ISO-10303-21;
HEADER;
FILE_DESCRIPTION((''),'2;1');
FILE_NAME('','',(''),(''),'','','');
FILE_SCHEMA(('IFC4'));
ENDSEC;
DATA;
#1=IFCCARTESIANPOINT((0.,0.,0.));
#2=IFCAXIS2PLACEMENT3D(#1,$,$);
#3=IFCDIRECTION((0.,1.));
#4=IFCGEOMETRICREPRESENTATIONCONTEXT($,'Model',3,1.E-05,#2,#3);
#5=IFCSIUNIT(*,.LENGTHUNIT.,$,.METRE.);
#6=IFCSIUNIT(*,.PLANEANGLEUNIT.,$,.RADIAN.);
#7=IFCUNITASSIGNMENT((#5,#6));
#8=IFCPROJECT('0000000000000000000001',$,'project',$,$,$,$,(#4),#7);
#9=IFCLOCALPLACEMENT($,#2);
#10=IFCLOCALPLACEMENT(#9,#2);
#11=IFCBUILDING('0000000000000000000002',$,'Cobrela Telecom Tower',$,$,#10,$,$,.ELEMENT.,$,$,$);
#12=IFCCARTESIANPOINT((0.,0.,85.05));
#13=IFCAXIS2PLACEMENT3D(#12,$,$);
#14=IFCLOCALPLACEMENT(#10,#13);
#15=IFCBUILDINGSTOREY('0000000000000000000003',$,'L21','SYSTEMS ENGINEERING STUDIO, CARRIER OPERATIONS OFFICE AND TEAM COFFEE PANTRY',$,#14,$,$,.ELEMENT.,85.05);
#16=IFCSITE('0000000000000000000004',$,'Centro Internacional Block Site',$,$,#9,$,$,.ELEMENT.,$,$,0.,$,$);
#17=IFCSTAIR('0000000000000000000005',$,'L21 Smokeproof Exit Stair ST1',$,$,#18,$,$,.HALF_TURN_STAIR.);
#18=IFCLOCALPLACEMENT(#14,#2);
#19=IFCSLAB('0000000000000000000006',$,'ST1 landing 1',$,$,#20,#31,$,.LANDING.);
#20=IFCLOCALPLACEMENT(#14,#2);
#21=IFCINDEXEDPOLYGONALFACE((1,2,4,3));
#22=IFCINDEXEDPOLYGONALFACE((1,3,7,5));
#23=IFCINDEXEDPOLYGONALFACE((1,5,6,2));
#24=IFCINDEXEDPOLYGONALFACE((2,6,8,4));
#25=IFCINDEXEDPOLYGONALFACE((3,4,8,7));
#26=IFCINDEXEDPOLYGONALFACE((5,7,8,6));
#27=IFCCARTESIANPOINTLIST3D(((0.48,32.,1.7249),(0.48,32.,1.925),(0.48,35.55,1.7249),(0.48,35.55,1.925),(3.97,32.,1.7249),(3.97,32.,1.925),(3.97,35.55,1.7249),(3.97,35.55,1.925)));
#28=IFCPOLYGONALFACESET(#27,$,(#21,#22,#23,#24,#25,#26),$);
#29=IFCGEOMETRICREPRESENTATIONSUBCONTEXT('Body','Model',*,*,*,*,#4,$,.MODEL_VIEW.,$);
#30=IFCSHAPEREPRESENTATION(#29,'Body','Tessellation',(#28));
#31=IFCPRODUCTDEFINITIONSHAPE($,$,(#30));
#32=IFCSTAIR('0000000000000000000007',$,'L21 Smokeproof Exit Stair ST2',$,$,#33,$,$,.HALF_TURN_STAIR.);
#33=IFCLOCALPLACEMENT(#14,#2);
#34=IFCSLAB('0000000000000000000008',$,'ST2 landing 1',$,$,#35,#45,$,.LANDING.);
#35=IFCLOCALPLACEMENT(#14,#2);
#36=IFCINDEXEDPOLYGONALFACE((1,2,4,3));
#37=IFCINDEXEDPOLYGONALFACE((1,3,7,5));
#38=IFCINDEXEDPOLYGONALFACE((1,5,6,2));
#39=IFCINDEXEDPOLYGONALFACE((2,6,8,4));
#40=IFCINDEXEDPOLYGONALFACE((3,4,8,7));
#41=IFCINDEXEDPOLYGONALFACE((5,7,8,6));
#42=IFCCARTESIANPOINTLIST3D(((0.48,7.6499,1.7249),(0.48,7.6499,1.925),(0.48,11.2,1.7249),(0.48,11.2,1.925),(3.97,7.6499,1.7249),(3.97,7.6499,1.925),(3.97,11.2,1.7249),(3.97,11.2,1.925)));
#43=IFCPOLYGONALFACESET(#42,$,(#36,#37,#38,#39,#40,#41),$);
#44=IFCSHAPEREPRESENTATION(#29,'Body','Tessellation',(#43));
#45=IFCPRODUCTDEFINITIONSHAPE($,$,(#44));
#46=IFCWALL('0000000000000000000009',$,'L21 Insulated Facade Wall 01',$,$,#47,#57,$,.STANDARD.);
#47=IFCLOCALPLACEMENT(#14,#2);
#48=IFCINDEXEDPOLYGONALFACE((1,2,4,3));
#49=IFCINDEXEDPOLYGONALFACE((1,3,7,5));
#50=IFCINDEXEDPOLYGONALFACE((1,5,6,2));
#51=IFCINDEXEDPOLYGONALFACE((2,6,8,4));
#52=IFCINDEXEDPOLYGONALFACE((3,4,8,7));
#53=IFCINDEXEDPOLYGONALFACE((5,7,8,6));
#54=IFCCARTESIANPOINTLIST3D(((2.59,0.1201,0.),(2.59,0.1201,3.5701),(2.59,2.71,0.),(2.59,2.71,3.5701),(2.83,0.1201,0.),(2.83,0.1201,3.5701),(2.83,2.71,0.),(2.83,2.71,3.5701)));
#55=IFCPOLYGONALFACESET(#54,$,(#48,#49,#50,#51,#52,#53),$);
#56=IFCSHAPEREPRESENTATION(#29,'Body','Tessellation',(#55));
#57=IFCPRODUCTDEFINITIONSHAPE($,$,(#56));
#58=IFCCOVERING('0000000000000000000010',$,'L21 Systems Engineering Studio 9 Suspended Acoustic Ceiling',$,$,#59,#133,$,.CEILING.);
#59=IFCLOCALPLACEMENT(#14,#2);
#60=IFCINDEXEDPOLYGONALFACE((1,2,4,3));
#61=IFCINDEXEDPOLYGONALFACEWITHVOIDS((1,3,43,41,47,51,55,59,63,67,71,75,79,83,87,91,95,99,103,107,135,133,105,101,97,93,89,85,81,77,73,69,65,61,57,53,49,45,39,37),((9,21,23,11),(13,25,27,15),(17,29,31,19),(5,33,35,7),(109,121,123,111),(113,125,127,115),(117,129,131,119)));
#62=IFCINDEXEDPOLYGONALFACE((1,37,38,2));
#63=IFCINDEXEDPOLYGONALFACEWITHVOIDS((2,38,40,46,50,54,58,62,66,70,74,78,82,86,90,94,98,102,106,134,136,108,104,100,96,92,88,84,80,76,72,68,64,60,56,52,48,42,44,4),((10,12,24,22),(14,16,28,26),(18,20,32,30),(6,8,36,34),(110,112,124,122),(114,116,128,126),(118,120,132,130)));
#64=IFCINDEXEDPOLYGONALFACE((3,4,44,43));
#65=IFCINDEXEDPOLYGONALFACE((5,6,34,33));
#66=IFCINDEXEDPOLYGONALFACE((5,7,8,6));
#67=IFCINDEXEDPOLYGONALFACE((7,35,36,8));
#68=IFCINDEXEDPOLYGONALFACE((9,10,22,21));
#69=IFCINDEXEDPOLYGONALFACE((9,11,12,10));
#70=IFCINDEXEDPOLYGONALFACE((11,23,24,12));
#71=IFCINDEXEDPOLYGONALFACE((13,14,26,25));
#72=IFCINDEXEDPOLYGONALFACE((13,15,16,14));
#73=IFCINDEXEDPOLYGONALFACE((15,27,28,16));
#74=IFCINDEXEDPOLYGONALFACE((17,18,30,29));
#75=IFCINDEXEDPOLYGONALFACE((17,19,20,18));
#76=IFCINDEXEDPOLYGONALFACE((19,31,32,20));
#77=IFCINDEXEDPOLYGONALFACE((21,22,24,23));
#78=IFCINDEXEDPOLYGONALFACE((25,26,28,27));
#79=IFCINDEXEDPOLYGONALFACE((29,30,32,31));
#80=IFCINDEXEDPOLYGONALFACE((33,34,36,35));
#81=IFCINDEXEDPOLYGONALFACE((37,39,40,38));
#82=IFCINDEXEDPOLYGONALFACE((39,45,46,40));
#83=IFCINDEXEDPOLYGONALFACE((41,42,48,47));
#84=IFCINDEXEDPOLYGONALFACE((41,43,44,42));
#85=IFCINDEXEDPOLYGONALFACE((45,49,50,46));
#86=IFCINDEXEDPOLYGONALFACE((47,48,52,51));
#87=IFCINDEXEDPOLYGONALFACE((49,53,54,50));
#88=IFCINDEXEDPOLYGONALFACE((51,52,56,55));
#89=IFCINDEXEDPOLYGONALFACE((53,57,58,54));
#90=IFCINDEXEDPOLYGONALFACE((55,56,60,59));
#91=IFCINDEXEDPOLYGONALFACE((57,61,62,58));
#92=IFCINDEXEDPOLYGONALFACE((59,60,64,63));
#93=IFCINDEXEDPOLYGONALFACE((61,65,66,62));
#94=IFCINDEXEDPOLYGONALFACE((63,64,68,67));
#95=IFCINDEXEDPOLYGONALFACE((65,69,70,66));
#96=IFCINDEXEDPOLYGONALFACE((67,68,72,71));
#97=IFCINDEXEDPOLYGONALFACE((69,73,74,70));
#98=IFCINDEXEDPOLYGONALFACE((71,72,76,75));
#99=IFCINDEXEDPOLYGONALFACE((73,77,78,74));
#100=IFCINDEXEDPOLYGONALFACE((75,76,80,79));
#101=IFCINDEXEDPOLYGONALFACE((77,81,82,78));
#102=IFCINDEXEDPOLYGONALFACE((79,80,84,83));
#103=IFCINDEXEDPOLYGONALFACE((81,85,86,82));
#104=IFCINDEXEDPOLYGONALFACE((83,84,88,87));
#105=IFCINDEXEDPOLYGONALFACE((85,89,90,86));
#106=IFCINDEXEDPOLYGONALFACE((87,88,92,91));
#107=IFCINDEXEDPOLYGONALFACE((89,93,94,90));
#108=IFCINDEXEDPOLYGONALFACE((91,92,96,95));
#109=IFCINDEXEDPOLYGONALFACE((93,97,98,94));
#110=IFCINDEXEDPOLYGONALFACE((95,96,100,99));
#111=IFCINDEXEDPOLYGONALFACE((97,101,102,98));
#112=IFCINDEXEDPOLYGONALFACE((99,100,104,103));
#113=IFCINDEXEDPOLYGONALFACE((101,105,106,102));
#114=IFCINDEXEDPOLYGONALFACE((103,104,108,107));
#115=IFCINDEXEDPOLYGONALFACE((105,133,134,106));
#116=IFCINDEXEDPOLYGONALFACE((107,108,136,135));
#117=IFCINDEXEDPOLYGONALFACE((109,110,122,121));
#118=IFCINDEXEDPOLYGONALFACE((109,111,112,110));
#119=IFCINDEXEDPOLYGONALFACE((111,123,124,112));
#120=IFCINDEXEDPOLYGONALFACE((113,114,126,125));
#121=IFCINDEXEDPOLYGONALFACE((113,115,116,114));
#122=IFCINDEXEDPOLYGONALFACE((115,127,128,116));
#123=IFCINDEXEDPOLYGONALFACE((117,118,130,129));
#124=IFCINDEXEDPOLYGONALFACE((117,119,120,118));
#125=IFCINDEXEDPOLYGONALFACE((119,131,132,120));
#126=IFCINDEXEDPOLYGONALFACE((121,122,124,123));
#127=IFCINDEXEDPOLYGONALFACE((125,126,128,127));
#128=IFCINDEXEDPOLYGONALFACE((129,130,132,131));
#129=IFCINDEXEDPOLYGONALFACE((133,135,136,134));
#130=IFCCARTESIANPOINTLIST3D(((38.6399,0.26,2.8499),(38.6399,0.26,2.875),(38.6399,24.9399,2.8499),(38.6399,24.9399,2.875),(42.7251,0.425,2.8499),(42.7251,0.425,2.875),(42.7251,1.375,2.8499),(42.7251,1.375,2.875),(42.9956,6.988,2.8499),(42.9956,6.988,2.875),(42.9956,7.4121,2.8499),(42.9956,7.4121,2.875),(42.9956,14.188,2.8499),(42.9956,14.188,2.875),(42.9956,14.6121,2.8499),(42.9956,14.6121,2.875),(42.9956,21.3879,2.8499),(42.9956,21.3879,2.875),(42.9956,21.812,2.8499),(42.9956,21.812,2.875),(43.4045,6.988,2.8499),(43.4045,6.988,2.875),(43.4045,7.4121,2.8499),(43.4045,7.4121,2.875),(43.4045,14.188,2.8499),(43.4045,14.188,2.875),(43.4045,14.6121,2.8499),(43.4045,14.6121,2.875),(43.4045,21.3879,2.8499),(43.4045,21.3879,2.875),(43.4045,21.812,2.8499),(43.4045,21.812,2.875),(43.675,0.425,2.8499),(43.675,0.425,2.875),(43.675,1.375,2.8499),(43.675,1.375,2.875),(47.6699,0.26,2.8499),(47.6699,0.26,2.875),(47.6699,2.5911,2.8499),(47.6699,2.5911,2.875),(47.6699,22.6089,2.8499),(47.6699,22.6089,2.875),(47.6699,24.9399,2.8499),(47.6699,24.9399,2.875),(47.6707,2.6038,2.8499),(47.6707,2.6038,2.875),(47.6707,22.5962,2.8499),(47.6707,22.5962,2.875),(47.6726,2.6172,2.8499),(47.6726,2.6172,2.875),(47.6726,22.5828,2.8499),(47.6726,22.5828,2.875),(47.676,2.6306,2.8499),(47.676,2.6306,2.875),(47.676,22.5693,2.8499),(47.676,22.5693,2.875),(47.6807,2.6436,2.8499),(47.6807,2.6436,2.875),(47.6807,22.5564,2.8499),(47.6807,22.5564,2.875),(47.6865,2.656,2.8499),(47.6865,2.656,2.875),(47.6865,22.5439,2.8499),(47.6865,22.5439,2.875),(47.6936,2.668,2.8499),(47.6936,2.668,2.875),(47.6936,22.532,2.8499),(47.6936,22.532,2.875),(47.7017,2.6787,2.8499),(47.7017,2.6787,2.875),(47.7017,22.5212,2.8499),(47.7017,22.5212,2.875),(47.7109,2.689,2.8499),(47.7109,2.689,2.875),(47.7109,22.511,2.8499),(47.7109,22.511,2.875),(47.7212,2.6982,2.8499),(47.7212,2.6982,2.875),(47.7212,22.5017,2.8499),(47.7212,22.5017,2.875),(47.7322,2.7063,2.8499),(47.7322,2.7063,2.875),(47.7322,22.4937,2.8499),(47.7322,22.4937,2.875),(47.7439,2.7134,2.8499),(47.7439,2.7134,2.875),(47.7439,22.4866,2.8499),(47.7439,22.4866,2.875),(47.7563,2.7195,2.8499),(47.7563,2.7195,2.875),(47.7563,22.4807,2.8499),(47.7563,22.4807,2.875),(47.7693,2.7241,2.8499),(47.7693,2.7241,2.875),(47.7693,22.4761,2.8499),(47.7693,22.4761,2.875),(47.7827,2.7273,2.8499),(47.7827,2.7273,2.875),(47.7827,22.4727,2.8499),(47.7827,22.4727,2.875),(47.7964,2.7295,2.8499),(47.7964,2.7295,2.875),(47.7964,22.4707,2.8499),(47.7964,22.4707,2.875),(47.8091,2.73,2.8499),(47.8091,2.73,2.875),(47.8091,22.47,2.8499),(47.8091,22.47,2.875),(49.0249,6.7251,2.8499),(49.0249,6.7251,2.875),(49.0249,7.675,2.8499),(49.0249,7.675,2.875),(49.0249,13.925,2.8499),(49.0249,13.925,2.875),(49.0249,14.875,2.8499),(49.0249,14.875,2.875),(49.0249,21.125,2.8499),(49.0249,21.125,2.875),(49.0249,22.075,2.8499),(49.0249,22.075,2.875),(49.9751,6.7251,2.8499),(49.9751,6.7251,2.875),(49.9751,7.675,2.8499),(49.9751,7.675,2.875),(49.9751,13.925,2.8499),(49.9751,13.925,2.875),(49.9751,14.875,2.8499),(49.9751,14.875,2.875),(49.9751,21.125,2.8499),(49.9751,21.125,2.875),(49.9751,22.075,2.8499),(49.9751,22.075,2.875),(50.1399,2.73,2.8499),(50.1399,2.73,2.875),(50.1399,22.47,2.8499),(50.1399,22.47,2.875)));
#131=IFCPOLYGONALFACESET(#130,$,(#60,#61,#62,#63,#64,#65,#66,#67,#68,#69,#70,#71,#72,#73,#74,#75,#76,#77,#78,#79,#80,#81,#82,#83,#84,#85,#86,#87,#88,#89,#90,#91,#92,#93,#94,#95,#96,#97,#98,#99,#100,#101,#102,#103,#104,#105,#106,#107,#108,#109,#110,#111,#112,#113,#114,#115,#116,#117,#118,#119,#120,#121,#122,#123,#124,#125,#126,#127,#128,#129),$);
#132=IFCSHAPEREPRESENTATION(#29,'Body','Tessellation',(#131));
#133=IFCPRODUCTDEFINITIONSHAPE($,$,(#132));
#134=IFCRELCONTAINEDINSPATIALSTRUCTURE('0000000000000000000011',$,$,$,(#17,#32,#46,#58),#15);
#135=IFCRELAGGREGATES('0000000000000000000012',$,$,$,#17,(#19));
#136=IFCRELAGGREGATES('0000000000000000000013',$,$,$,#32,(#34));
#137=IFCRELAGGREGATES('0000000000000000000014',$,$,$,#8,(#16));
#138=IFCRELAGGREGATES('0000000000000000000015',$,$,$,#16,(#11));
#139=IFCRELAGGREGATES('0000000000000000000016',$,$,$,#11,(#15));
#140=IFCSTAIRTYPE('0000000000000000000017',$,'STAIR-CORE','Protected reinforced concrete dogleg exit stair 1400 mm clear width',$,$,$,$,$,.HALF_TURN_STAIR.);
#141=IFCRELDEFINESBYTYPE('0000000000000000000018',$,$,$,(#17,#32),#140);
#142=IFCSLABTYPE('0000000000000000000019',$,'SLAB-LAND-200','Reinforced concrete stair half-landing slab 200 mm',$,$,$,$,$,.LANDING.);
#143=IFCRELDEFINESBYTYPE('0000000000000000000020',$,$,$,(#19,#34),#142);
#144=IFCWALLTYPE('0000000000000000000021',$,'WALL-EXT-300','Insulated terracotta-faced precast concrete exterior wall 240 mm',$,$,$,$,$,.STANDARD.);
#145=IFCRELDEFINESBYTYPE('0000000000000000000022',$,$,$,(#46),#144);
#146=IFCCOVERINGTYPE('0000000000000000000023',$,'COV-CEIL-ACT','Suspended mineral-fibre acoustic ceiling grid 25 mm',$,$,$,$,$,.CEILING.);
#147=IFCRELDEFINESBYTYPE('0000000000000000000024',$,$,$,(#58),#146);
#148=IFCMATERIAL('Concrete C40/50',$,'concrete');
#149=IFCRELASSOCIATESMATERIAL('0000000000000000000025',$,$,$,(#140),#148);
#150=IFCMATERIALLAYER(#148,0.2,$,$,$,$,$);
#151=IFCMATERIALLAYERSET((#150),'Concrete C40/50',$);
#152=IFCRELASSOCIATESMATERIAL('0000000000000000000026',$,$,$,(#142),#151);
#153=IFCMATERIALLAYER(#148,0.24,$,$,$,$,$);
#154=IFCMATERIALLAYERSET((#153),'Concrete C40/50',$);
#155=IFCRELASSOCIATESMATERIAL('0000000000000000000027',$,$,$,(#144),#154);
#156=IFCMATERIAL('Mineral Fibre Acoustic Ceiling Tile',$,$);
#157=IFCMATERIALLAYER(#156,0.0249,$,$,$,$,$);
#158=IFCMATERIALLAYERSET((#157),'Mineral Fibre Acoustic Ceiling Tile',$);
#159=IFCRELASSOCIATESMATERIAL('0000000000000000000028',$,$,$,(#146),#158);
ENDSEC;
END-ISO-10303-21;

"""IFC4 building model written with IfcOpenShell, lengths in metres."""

from ifc_helpers import new_model, si_unit, direction, frame, frame_2d, origin, place, context, subcontext, project, spatial, polyline, rectangle, outline, extrude, material, layer, layer_set, type_object, element, aggregate, save


model = new_model("IFC4")

# Units and contexts
model_context = context("Model", 3, precision=1e-05, world=origin(), true_north=direction((0.0, 1.0)))
body_context = subcontext(model_context, "Body", "Model", "MODEL_VIEW")
ifc_project = project(units=[si_unit("LENGTHUNIT", "METRE"), si_unit("PLANEANGLEUNIT", "RADIAN")], contexts=[model_context])

# Site, building, storey
site_placement = place(None, origin())
site = spatial("IfcSite", under=ifc_project, at=site_placement, Name="Centro Internacional Block Site", CompositionType="ELEMENT", RefElevation=0.0)
building_placement = place(site_placement, origin())
building = spatial("IfcBuilding", under=site, at=building_placement, Name="Cobrela Telecom Tower", CompositionType="ELEMENT")
storey_placement = place(building_placement, frame((0.0, 0.0, 85.05)))
storey = spatial("IfcBuildingStorey", under=building, at=storey_placement, Name="L21", Description="SYSTEMS ENGINEERING STUDIO, CARRIER OPERATIONS OFFICE AND TEAM COFFEE PANTRY", CompositionType="ELEMENT", Elevation=85.05)

# Shared definitions
ifc_material_1 = material(Name="Concrete C40/50", Category="concrete")

# Stairs, slabs
stair_type = type_object("IfcStairType", Name="STAIR-CORE", Description="Protected reinforced concrete dogleg exit stair 1400 mm clear width", PredefinedType="HALF_TURN_STAIR", material=ifc_material_1)
stair_1_placement = place(storey_placement, origin())
stair_1 = element("IfcStair", 1, at=stair_1_placement, inside=storey, type_object=stair_type, Name="L21 Smokeproof Exit Stair ST1", PredefinedType="HALF_TURN_STAIR")
ifc_layer_1 = layer(ifc_material_1, 0.2)
ifc_layer_set_1 = layer_set([ifc_layer_1], Name="Concrete C40/50")
slab_type_1 = type_object("IfcSlabType", Name="SLAB-LAND-200", Description="Reinforced concrete stair half-landing slab 200 mm", PredefinedType="LANDING", material=ifc_layer_set_1)
slab_1_placement = place(storey_placement, frame((0.0, 0.0, 1.7249)))
slab_1 = element("IfcSlab", 2, at=slab_1_placement, type_object=slab_type_1, Name="ST1 landing 1", PredefinedType="LANDING", context=body_context, shape_type="SweptSolid", body=[
    extrude(outline(polyline([(3.97, 35.55), (0.48, 35.55), (0.48, 32.0), (3.97, 32.0), (3.97, 35.55)])), origin(), (0.0, 0.0, 1.0), 0.2002),
])
aggregate(stair_1, [slab_1])
stair_2_placement = place(storey_placement, origin())
stair_2 = element("IfcStair", 3, at=stair_2_placement, inside=storey, type_object=stair_type, Name="L21 Smokeproof Exit Stair ST2", PredefinedType="HALF_TURN_STAIR")
slab_2_placement = place(storey_placement, frame((0.0, 0.0, 1.7249)))
slab_2 = element("IfcSlab", 4, at=slab_2_placement, type_object=slab_type_1, Name="ST2 landing 1", PredefinedType="LANDING", context=body_context, shape_type="SweptSolid", body=[
    extrude(outline(polyline([(3.97, 11.2), (0.48, 11.2), (0.48, 7.6499), (3.97, 7.6499), (3.97, 11.2)])), origin(), (0.0, 0.0, 1.0), 0.2002),
])
aggregate(stair_2, [slab_2])

# Wall
ifc_layer_2 = layer(ifc_material_1, 0.24)
ifc_layer_set_2 = layer_set([ifc_layer_2], Name="Concrete C40/50")
wall_type = type_object("IfcWallType", Name="WALL-EXT-300", Description="Insulated terracotta-faced precast concrete exterior wall 240 mm", PredefinedType="STANDARD", material=ifc_layer_set_2)
wall_placement = place(storey_placement, frame((2.71, 0.1201, 0.0), z_axis=(0.0, 0.0, 1.0), x_axis=(0.0, 1.0, 0.0)))
element("IfcWall", 5, at=wall_placement, inside=storey, type_object=wall_type, Name="L21 Insulated Facade Wall 01", PredefinedType="STANDARD", context=body_context, shape_type="SweptSolid", body=[
    extrude(rectangle(XDim=2.5898, YDim=0.24, at=frame_2d((1.2949, 0.0))), origin(), (0.0, 0.0, 1.0), 3.5701),
])

# Covering
ifc_material_2 = material(Name="Mineral Fibre Acoustic Ceiling Tile")
ifc_layer_3 = layer(ifc_material_2, 0.0249)
ifc_layer_set_3 = layer_set([ifc_layer_3], Name="Mineral Fibre Acoustic Ceiling Tile")
covering_type_1 = type_object("IfcCoveringType", Name="COV-CEIL-ACT", Description="Suspended mineral-fibre acoustic ceiling grid 25 mm", PredefinedType="CEILING", material=ifc_layer_set_3)
covering_1_placement = place(storey_placement, frame((0.0, 0.0, 2.8499)))
element("IfcCovering", 6, at=covering_1_placement, inside=storey, type_object=covering_type_1, Name="L21 Systems Engineering Studio 9 Suspended Acoustic Ceiling", PredefinedType="CEILING", context=body_context, shape_type="SweptSolid", body=[
    extrude(outline(polyline([(47.7827, 2.7273), (47.7693, 2.7241), (47.7563, 2.7195), (47.7439, 2.7134), (47.7322, 2.7063), (47.7212, 2.6982), (47.7109, 2.689), (47.7017, 2.6787), (47.6936, 2.668), (47.6865, 2.656), (47.6807, 2.6436), (47.676, 2.6306), (47.6726, 2.6172), (47.6707, 2.6038), (47.6699, 2.5911), (47.6699, 0.26), (38.6399, 0.26), (38.6399, 24.9399), (47.6699, 24.9399), (47.6699, 22.6089), (47.6707, 22.5962), (47.6726, 22.5828), (47.676, 22.5693), (47.6807, 22.5564), (47.6865, 22.5439), (47.6936, 22.532), (47.7017, 22.5212), (47.7109, 22.511), (47.7212, 22.5017), (47.7322, 22.4937), (47.7439, 22.4866), (47.7563, 22.4807), (47.7693, 22.4761), (47.7827, 22.4727), (47.7964, 22.4707), (47.8091, 22.47), (50.1399, 22.47), (50.1399, 2.73), (47.8091, 2.73), (47.7964, 2.7295), (47.7827, 2.7273)]), holes=[polyline([(43.675, 0.425), (43.675, 1.375), (42.7251, 1.375), (42.7251, 0.425), (43.675, 0.425)]), polyline([(43.4045, 6.988), (43.4045, 7.4121), (42.9956, 7.4121), (42.9956, 6.988), (43.4045, 6.988)]), polyline([(49.9751, 6.7251), (49.9751, 7.675), (49.0249, 7.675), (49.0249, 6.7251), (49.9751, 6.7251)]), polyline([(43.4045, 14.188), (43.4045, 14.6121), (42.9956, 14.6121), (42.9956, 14.188), (43.4045, 14.188)]), polyline([(49.9751, 13.925), (49.9751, 14.875), (49.0249, 14.875), (49.0249, 13.925), (49.9751, 13.925)]), polyline([(43.4045, 21.3879), (43.4045, 21.812), (42.9956, 21.812), (42.9956, 21.3879), (43.4045, 21.3879)]), polyline([(49.9751, 21.125), (49.9751, 22.075), (49.0249, 22.075), (49.0249, 21.125), (49.9751, 21.125)])]), origin(), (0.0, 0.0, 1.0), 0.0251),
])

save(model, "model.ifc")
